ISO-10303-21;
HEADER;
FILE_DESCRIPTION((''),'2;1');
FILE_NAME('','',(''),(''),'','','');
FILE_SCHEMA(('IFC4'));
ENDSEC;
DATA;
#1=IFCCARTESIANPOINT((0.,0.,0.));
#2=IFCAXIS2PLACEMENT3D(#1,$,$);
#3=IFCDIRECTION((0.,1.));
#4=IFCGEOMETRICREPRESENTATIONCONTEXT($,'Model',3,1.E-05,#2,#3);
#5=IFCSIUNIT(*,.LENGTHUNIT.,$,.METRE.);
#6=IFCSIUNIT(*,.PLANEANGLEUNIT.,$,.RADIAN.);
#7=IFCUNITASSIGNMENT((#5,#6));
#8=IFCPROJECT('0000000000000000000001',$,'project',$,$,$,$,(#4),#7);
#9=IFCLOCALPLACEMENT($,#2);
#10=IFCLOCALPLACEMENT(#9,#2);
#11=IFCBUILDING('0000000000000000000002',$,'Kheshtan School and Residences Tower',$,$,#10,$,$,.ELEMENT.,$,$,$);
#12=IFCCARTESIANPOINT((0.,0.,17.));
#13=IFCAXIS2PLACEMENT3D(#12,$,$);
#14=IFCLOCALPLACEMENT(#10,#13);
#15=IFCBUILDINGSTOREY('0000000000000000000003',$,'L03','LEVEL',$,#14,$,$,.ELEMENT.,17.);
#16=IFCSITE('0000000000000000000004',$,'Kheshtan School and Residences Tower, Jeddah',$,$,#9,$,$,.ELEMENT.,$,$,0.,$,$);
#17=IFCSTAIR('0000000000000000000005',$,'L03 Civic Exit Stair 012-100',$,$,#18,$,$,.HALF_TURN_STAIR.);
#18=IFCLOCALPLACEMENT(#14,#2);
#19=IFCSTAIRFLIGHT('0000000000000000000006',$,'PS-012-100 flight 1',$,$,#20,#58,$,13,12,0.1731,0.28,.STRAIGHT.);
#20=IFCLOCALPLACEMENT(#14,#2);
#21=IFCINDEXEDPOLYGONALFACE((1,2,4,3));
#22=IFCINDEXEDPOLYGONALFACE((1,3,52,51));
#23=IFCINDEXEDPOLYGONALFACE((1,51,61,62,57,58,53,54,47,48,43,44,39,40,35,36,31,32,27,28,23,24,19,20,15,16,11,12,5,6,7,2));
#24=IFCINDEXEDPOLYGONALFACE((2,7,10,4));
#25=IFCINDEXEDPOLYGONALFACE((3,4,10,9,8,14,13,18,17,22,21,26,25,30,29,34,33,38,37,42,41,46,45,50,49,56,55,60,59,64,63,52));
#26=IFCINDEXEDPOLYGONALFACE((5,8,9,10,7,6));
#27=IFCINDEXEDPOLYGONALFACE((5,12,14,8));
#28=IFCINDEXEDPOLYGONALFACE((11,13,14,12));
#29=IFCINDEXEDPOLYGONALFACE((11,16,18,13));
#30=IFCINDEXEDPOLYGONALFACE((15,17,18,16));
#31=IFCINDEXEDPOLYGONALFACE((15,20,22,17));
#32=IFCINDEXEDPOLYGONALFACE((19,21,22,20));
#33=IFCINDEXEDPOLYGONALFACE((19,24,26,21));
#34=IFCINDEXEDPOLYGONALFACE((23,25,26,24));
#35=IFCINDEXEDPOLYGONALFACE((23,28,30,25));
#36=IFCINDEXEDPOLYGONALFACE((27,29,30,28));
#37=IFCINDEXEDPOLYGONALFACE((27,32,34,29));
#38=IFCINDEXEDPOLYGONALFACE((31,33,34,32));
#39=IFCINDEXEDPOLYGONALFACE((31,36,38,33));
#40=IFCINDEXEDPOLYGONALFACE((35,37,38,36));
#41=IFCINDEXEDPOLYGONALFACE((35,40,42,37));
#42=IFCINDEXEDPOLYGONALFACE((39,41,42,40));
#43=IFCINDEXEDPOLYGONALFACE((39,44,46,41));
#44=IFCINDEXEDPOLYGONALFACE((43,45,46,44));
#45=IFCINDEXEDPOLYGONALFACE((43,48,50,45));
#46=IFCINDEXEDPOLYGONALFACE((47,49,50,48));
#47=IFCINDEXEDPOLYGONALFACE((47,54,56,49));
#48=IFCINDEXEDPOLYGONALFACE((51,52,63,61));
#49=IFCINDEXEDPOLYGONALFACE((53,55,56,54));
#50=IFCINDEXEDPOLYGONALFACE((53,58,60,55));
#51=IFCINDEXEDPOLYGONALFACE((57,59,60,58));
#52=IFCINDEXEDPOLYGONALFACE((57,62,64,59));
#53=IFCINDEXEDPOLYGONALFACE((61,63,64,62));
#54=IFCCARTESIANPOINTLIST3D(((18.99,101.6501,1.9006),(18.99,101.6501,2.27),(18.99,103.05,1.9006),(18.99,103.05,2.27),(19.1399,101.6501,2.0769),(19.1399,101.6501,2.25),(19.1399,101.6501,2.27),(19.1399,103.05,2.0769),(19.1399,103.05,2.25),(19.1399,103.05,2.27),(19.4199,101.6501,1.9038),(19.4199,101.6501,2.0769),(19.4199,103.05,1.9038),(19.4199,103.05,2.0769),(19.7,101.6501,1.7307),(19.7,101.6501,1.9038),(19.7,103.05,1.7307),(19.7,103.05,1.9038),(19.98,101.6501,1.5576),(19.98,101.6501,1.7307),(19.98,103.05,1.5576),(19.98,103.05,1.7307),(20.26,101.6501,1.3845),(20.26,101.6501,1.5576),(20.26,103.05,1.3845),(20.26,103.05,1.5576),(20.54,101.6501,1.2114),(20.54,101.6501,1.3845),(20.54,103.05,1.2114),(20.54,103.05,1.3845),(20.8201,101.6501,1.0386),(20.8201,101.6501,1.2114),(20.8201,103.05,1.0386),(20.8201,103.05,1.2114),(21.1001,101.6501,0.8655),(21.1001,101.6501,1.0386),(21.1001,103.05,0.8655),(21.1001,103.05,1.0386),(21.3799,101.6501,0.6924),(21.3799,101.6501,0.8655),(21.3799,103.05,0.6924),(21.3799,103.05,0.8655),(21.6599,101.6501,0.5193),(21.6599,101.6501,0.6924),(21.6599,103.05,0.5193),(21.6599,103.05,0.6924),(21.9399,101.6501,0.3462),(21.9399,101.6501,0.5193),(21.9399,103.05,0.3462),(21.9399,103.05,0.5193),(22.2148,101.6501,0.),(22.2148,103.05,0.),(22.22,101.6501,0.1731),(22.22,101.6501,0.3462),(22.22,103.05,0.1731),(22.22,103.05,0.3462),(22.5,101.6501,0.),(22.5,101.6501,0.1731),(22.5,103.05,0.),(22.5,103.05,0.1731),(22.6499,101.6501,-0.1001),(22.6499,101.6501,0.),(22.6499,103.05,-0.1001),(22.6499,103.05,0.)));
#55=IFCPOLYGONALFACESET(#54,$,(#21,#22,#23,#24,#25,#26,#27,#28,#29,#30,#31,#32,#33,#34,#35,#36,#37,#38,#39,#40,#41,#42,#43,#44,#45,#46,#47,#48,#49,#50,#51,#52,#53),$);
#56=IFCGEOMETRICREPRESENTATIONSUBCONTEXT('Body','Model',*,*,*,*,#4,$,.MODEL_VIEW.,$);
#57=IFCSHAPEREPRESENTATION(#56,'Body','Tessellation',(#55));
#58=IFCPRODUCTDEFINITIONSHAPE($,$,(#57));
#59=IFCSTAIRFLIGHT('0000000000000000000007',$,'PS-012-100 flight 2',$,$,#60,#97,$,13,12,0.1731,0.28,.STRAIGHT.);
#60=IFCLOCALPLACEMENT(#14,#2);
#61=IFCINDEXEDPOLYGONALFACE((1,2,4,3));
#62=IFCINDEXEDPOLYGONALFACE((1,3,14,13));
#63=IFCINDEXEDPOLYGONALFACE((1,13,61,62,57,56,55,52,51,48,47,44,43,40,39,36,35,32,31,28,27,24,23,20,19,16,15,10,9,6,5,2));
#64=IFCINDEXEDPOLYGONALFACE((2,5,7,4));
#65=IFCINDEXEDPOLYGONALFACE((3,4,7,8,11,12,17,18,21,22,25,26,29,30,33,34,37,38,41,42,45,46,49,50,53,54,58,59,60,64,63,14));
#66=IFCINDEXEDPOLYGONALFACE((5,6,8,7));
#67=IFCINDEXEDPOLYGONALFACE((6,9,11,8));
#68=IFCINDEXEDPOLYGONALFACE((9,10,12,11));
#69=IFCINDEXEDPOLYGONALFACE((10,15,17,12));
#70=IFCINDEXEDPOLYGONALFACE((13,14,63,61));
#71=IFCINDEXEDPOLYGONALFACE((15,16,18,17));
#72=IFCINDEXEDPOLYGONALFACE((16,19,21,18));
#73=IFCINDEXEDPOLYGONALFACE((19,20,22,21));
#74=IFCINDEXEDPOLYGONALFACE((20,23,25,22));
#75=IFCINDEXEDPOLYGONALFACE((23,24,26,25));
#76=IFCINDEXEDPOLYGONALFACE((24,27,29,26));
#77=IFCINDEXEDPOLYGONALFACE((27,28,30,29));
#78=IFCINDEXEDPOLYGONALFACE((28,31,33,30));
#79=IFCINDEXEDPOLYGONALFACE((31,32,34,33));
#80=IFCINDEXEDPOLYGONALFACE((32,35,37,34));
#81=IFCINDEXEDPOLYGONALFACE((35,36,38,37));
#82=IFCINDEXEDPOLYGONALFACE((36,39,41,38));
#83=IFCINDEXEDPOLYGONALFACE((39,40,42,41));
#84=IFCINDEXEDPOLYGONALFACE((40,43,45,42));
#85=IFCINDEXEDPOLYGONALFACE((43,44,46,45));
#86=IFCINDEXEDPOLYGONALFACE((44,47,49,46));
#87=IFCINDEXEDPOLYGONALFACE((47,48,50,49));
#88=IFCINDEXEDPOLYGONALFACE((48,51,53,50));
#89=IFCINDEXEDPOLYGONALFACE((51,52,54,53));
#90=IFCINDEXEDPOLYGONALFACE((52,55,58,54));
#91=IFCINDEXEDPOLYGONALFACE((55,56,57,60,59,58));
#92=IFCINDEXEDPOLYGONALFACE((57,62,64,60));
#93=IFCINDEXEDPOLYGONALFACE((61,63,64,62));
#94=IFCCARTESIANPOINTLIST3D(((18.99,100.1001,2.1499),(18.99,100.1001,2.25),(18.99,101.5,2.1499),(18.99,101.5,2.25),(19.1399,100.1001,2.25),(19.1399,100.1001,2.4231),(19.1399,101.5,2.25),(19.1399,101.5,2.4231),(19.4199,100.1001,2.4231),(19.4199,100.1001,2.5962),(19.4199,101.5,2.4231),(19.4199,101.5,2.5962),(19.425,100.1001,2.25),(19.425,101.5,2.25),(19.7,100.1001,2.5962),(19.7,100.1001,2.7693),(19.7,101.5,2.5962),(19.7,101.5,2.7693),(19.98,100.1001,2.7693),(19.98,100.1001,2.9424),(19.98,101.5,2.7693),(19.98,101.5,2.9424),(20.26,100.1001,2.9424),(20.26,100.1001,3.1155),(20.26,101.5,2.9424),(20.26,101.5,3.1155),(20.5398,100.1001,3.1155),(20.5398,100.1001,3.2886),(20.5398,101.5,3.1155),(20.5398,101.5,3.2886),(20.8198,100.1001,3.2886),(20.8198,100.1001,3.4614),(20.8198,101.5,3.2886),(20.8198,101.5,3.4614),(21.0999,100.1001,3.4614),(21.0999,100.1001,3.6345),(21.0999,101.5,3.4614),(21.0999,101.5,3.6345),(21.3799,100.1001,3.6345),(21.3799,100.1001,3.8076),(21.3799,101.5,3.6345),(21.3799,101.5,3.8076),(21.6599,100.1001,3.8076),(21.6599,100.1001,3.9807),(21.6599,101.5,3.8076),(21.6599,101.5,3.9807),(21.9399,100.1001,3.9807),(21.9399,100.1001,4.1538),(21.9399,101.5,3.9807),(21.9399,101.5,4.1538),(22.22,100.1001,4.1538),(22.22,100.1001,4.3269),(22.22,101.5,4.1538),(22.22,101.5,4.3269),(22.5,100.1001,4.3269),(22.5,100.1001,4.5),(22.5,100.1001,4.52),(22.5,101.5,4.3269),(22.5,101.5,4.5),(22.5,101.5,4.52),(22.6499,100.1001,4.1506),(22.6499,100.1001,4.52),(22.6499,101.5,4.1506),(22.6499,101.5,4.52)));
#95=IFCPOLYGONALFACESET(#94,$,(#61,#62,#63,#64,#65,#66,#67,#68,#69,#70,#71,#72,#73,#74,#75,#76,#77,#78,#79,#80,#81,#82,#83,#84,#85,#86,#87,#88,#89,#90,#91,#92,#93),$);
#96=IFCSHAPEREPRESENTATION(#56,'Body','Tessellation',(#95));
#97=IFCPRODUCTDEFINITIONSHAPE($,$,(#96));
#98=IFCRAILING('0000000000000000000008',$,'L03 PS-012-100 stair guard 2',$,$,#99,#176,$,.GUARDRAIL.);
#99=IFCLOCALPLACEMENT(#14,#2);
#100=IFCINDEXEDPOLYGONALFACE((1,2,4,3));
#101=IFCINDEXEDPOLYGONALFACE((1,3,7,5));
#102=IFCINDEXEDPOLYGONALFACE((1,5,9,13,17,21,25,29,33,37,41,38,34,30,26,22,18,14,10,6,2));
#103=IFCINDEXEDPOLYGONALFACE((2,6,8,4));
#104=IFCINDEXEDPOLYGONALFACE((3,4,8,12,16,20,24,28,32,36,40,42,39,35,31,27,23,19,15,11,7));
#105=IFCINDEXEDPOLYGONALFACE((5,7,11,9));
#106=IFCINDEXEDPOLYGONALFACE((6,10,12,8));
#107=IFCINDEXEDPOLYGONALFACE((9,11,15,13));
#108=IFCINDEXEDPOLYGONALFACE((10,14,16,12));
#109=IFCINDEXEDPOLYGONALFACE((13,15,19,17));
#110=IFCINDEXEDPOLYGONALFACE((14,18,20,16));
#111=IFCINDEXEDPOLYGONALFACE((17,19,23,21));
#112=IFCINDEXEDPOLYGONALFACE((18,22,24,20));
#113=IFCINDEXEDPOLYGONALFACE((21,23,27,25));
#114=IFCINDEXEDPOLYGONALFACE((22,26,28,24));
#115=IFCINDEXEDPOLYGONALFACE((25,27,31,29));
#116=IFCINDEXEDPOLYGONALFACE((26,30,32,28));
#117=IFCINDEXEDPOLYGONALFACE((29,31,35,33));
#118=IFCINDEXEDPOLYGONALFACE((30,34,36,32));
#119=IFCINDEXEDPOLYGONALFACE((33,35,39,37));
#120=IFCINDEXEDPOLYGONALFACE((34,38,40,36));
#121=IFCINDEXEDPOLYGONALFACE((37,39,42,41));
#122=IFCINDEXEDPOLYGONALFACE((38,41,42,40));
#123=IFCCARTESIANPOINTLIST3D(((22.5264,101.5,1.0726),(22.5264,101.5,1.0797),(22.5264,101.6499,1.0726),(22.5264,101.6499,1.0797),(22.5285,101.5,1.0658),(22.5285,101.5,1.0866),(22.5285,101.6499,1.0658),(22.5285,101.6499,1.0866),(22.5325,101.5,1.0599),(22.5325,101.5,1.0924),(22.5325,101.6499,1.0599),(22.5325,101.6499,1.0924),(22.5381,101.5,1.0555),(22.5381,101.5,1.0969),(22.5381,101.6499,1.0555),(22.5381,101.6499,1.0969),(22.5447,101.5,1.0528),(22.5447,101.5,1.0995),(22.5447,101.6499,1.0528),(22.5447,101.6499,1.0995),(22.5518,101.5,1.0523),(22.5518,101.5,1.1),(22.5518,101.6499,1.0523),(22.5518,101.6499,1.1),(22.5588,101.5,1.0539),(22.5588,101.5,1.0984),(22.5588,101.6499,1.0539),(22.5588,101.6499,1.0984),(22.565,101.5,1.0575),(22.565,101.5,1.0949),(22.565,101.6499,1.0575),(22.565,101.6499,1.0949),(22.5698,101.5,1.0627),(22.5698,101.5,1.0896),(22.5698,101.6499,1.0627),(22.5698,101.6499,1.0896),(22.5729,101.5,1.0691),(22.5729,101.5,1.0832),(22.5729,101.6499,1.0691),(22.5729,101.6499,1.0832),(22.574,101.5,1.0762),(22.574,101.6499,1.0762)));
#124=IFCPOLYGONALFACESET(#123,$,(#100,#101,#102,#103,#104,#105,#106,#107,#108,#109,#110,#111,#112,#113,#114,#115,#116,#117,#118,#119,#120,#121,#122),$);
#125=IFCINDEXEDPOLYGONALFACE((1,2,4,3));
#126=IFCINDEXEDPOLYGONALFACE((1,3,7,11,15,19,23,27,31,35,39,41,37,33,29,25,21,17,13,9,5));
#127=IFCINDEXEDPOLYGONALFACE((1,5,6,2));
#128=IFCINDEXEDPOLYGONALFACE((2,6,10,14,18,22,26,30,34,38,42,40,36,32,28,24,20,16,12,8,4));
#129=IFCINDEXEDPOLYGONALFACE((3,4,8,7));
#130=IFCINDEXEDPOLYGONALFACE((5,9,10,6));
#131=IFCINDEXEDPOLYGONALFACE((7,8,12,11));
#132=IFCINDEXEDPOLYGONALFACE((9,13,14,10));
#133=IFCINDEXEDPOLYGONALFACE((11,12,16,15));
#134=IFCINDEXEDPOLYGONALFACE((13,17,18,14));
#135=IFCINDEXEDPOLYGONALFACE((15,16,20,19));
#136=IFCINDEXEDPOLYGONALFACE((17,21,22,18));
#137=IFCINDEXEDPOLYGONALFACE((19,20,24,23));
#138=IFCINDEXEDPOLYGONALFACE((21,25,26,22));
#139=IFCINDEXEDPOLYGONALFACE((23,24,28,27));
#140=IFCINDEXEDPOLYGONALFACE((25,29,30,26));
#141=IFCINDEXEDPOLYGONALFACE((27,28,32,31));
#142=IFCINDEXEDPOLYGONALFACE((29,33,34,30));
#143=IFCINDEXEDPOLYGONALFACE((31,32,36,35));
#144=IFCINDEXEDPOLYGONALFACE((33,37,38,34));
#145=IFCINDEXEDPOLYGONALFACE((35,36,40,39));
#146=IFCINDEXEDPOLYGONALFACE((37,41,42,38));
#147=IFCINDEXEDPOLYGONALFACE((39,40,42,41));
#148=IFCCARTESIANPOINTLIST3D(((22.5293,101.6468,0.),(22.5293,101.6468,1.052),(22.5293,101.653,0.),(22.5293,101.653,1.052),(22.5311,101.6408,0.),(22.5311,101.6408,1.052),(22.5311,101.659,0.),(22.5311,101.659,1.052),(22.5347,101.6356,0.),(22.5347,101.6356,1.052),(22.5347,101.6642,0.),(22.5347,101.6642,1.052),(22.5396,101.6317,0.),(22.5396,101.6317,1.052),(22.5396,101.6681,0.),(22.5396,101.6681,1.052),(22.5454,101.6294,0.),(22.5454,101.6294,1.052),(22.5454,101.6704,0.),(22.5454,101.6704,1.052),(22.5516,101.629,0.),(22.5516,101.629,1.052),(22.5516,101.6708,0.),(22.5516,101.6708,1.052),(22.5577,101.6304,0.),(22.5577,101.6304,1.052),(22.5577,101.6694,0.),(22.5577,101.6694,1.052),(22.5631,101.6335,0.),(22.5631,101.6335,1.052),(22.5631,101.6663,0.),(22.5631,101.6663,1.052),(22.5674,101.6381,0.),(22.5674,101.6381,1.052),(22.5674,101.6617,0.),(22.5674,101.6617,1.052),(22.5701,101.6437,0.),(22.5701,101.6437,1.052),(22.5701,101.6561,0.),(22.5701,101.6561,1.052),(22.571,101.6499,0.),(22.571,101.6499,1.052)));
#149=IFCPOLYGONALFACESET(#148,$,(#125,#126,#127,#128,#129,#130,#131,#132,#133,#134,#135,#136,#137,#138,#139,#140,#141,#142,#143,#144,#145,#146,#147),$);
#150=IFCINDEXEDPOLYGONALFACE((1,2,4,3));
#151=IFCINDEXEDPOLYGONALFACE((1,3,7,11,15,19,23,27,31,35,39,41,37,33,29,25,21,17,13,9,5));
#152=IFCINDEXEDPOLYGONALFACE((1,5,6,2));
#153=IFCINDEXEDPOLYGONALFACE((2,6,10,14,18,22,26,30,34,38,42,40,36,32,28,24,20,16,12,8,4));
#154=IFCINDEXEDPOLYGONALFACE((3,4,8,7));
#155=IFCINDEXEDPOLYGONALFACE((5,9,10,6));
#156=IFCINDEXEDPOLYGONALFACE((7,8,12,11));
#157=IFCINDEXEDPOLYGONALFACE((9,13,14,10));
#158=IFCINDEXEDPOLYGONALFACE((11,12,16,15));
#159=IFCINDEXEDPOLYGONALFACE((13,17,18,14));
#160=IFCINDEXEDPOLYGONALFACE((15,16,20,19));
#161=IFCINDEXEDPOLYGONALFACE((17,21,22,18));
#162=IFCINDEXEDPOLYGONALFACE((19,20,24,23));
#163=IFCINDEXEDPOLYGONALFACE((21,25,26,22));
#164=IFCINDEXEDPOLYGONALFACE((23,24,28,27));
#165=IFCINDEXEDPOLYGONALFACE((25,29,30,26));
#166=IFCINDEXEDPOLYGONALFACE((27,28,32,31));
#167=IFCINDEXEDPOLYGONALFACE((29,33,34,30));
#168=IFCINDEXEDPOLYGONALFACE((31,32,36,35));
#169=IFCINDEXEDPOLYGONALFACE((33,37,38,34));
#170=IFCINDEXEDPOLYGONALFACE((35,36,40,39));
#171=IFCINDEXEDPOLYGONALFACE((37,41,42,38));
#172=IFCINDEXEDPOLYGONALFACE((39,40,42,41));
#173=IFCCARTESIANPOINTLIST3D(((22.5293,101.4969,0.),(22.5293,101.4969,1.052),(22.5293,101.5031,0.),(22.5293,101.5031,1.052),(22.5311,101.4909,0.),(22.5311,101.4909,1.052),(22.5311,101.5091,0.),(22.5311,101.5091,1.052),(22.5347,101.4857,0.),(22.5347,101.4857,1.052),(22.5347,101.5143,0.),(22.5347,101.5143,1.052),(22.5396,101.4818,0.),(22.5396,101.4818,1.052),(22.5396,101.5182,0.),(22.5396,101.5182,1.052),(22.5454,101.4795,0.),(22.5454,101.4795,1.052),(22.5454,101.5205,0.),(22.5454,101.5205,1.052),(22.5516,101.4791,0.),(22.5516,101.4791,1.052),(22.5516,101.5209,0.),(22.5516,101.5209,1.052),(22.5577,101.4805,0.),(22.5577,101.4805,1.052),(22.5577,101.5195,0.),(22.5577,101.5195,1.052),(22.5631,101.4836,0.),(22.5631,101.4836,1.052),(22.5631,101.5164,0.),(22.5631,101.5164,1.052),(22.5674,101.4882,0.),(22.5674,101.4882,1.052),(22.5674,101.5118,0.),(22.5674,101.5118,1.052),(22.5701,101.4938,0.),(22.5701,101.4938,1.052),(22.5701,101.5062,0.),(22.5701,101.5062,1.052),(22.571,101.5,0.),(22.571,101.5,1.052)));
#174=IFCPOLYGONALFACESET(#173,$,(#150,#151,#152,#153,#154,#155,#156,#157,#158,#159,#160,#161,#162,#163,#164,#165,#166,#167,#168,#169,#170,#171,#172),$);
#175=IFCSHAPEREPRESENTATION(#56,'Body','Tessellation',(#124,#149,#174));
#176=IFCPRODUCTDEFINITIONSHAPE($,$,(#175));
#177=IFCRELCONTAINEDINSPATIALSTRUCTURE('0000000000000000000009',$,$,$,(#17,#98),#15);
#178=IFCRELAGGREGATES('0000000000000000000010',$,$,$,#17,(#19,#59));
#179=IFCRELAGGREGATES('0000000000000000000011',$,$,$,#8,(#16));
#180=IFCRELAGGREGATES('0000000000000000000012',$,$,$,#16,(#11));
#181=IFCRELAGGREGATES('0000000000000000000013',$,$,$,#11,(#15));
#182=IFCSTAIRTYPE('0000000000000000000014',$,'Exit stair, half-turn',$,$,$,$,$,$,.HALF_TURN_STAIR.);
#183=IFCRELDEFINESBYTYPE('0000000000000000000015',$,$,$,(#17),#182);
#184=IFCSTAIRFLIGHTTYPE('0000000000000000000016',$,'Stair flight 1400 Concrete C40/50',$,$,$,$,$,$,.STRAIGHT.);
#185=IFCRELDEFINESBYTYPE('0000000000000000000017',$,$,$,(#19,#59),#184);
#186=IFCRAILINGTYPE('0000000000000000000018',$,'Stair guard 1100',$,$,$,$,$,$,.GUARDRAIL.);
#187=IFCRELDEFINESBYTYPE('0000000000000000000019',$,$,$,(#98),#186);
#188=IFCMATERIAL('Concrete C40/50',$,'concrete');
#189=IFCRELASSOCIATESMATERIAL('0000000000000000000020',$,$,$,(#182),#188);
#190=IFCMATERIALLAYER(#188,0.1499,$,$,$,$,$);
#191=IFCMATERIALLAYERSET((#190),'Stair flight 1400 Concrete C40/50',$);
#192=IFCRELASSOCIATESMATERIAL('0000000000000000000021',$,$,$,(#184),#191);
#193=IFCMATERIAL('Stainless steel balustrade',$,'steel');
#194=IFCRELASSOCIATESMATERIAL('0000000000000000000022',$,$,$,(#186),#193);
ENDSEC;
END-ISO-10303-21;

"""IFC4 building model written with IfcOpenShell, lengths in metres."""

from ifc_helpers import new_model, si_unit, direction, frame, origin, origin_2d, place, context, subcontext, project, spatial, polyline, circle, outline, extrude, material, layer, layer_set, type_object, element, aggregate, save


model = new_model("IFC4")

# Units and contexts
model_context = context("Model", 3, precision=1e-05, world=origin(), true_north=direction((0.0, 1.0)))
body_context = subcontext(model_context, "Body", "Model", "MODEL_VIEW")
ifc_project = project(units=[si_unit("LENGTHUNIT", "METRE"), si_unit("PLANEANGLEUNIT", "RADIAN")], contexts=[model_context])

# Site, building, storey
site_placement = place(None, origin())
site = spatial("IfcSite", under=ifc_project, at=site_placement, Name="Kheshtan School and Residences Tower, Jeddah", CompositionType="ELEMENT", RefElevation=0.0)
building_placement = place(site_placement, origin())
building = spatial("IfcBuilding", under=site, at=building_placement, Name="Kheshtan School and Residences Tower", CompositionType="ELEMENT")
storey_placement = place(building_placement, frame((0.0, 0.0, 17.0)))
storey = spatial("IfcBuildingStorey", under=building, at=storey_placement, Name="L03", Description="LEVEL", CompositionType="ELEMENT", Elevation=17.0)

# Shared definitions
ifc_material_1 = material(Name="Concrete C40/50", Category="concrete")

# Stair, stair flights
stair_type = type_object("IfcStairType", Name="Exit stair, half-turn", PredefinedType="HALF_TURN_STAIR", material=ifc_material_1)
stair_placement = place(storey_placement, origin())
stair = element("IfcStair", 1, at=stair_placement, inside=storey, type_object=stair_type, Name="L03 Civic Exit Stair 012-100", PredefinedType="HALF_TURN_STAIR")
ifc_layer_1 = layer(ifc_material_1, 0.1499)
ifc_layer_set_1 = layer_set([ifc_layer_1], Name="Stair flight 1400 Concrete C40/50")
stair_flight_type = type_object("IfcStairFlightType", Name="Stair flight 1400 Concrete C40/50", PredefinedType="STRAIGHT", material=ifc_layer_set_1)
stair_flight_1_placement = place(storey_placement, frame((22.5, 102.3501, 0.0), z_axis=(0.0, 0.0, 1.0), x_axis=(-1.0, 0.0, 0.0)))
stair_flight_1 = element("IfcStairFlight", 2, at=stair_flight_1_placement, type_object=stair_flight_type, Name="PS-012-100 flight 1", NumberOfRisers=13, NumberOfTreads=12, PredefinedType="STRAIGHT", RiserHeight=0.1731, TreadLength=0.28, context=body_context, shape_type="SweptSolid", body=[
    extrude(outline(polyline([(-0.1499, -0.1001), (-0.1499, 0.0), (0.0, 0.0), (0.0, 0.1731), (0.28, 0.1731), (0.28, 0.3462), (0.5601, 0.3462), (0.5601, 0.5193), (0.8401, 0.5193), (0.8401, 0.6924), (1.1201, 0.6924), (1.1201, 0.8655), (1.3999, 0.8655), (1.3999, 1.0386), (1.6799, 1.0386), (1.6799, 1.2114), (1.96, 1.2114), (1.96, 1.3845), (2.24, 1.3845), (2.24, 1.5576), (2.52, 1.5576), (2.52, 1.7307), (2.8, 1.7307), (2.8, 1.9038), (3.0801, 1.9038), (3.0801, 2.0769), (3.3601, 2.0769), (3.3601, 2.25), (3.3601, 2.27), (3.51, 2.27), (3.51, 1.9006), (0.2852, 0.0), (-0.1499, -0.1001)])), frame((0.0, 0.7, 0.0), z_axis=(0.0, -1.0, 0.0), x_axis=(1.0, 0.0, 0.0)), (0.0, 0.0, 1.0), 1.3999),
])
stair_flight_2_placement = place(storey_placement, frame((19.1399, 100.8, 2.25), z_axis=(0.0, 0.0, 1.0), x_axis=(1.0, 0.0, 0.0)))
stair_flight_2 = element("IfcStairFlight", 3, at=stair_flight_2_placement, type_object=stair_flight_type, Name="PS-012-100 flight 2", NumberOfRisers=13, NumberOfTreads=12, PredefinedType="STRAIGHT", RiserHeight=0.1731, TreadLength=0.28, context=body_context, shape_type="SweptSolid", body=[
    extrude(outline(polyline([(-0.1499, -0.1001), (-0.1499, 0.0), (0.0, 0.0), (0.0, 0.1731), (0.28, 0.1731), (0.28, 0.3462), (0.5601, 0.3462), (0.5601, 0.5193), (0.8401, 0.5193), (0.8401, 0.6924), (1.1201, 0.6924), (1.1201, 0.8655), (1.3999, 0.8655), (1.3999, 1.0386), (1.6799, 1.0386), (1.6799, 1.2114), (1.96, 1.2114), (1.96, 1.3845), (2.24, 1.3845), (2.24, 1.5576), (2.52, 1.5576), (2.52, 1.7307), (2.8, 1.7307), (2.8, 1.9038), (3.0801, 1.9038), (3.0801, 2.0769), (3.3601, 2.0769), (3.3601, 2.25), (3.3601, 2.27), (3.51, 2.27), (3.51, 1.9006), (0.2852, 0.0), (-0.1499, -0.1001)])), frame((0.0, 0.7, 0.0), z_axis=(0.0, -1.0, 0.0), x_axis=(1.0, 0.0, 0.0)), (0.0, 0.0, 1.0), 1.3999),
])
aggregate(stair, [stair_flight_1, stair_flight_2])

# Railing
ifc_material_2 = material(Name="Stainless steel balustrade", Category="steel")
railing_type_1 = type_object("IfcRailingType", Name="Stair guard 1100", PredefinedType="GUARDRAIL", material=ifc_material_2)
railing_1_placement = place(storey_placement, frame((22.55, 101.6499, 0.0)))
element("IfcRailing", 4, at=railing_1_placement, inside=storey, type_object=railing_type_1, Name="L03 PS-012-100 stair guard 2", PredefinedType="GUARDRAIL", context=body_context, shape_type="SweptSolid", body=[
    extrude(circle(Radius=0.0239, at=origin_2d()), frame((0.0, 0.0, 1.0762), z_axis=(0.0, -1.0, 0.0), x_axis=(1.0, 0.0, 0.0)), (0.0, 0.0, 1.0), 0.1499),
    extrude(circle(Radius=0.021, at=origin_2d()), origin(), (0.0, 0.0, 1.0), 1.052),
    extrude(circle(Radius=0.021, at=origin_2d()), frame((0.0, -0.1499, 0.0)), (0.0, 0.0, 1.0), 1.052),
])

save(model, "model.ifc")
